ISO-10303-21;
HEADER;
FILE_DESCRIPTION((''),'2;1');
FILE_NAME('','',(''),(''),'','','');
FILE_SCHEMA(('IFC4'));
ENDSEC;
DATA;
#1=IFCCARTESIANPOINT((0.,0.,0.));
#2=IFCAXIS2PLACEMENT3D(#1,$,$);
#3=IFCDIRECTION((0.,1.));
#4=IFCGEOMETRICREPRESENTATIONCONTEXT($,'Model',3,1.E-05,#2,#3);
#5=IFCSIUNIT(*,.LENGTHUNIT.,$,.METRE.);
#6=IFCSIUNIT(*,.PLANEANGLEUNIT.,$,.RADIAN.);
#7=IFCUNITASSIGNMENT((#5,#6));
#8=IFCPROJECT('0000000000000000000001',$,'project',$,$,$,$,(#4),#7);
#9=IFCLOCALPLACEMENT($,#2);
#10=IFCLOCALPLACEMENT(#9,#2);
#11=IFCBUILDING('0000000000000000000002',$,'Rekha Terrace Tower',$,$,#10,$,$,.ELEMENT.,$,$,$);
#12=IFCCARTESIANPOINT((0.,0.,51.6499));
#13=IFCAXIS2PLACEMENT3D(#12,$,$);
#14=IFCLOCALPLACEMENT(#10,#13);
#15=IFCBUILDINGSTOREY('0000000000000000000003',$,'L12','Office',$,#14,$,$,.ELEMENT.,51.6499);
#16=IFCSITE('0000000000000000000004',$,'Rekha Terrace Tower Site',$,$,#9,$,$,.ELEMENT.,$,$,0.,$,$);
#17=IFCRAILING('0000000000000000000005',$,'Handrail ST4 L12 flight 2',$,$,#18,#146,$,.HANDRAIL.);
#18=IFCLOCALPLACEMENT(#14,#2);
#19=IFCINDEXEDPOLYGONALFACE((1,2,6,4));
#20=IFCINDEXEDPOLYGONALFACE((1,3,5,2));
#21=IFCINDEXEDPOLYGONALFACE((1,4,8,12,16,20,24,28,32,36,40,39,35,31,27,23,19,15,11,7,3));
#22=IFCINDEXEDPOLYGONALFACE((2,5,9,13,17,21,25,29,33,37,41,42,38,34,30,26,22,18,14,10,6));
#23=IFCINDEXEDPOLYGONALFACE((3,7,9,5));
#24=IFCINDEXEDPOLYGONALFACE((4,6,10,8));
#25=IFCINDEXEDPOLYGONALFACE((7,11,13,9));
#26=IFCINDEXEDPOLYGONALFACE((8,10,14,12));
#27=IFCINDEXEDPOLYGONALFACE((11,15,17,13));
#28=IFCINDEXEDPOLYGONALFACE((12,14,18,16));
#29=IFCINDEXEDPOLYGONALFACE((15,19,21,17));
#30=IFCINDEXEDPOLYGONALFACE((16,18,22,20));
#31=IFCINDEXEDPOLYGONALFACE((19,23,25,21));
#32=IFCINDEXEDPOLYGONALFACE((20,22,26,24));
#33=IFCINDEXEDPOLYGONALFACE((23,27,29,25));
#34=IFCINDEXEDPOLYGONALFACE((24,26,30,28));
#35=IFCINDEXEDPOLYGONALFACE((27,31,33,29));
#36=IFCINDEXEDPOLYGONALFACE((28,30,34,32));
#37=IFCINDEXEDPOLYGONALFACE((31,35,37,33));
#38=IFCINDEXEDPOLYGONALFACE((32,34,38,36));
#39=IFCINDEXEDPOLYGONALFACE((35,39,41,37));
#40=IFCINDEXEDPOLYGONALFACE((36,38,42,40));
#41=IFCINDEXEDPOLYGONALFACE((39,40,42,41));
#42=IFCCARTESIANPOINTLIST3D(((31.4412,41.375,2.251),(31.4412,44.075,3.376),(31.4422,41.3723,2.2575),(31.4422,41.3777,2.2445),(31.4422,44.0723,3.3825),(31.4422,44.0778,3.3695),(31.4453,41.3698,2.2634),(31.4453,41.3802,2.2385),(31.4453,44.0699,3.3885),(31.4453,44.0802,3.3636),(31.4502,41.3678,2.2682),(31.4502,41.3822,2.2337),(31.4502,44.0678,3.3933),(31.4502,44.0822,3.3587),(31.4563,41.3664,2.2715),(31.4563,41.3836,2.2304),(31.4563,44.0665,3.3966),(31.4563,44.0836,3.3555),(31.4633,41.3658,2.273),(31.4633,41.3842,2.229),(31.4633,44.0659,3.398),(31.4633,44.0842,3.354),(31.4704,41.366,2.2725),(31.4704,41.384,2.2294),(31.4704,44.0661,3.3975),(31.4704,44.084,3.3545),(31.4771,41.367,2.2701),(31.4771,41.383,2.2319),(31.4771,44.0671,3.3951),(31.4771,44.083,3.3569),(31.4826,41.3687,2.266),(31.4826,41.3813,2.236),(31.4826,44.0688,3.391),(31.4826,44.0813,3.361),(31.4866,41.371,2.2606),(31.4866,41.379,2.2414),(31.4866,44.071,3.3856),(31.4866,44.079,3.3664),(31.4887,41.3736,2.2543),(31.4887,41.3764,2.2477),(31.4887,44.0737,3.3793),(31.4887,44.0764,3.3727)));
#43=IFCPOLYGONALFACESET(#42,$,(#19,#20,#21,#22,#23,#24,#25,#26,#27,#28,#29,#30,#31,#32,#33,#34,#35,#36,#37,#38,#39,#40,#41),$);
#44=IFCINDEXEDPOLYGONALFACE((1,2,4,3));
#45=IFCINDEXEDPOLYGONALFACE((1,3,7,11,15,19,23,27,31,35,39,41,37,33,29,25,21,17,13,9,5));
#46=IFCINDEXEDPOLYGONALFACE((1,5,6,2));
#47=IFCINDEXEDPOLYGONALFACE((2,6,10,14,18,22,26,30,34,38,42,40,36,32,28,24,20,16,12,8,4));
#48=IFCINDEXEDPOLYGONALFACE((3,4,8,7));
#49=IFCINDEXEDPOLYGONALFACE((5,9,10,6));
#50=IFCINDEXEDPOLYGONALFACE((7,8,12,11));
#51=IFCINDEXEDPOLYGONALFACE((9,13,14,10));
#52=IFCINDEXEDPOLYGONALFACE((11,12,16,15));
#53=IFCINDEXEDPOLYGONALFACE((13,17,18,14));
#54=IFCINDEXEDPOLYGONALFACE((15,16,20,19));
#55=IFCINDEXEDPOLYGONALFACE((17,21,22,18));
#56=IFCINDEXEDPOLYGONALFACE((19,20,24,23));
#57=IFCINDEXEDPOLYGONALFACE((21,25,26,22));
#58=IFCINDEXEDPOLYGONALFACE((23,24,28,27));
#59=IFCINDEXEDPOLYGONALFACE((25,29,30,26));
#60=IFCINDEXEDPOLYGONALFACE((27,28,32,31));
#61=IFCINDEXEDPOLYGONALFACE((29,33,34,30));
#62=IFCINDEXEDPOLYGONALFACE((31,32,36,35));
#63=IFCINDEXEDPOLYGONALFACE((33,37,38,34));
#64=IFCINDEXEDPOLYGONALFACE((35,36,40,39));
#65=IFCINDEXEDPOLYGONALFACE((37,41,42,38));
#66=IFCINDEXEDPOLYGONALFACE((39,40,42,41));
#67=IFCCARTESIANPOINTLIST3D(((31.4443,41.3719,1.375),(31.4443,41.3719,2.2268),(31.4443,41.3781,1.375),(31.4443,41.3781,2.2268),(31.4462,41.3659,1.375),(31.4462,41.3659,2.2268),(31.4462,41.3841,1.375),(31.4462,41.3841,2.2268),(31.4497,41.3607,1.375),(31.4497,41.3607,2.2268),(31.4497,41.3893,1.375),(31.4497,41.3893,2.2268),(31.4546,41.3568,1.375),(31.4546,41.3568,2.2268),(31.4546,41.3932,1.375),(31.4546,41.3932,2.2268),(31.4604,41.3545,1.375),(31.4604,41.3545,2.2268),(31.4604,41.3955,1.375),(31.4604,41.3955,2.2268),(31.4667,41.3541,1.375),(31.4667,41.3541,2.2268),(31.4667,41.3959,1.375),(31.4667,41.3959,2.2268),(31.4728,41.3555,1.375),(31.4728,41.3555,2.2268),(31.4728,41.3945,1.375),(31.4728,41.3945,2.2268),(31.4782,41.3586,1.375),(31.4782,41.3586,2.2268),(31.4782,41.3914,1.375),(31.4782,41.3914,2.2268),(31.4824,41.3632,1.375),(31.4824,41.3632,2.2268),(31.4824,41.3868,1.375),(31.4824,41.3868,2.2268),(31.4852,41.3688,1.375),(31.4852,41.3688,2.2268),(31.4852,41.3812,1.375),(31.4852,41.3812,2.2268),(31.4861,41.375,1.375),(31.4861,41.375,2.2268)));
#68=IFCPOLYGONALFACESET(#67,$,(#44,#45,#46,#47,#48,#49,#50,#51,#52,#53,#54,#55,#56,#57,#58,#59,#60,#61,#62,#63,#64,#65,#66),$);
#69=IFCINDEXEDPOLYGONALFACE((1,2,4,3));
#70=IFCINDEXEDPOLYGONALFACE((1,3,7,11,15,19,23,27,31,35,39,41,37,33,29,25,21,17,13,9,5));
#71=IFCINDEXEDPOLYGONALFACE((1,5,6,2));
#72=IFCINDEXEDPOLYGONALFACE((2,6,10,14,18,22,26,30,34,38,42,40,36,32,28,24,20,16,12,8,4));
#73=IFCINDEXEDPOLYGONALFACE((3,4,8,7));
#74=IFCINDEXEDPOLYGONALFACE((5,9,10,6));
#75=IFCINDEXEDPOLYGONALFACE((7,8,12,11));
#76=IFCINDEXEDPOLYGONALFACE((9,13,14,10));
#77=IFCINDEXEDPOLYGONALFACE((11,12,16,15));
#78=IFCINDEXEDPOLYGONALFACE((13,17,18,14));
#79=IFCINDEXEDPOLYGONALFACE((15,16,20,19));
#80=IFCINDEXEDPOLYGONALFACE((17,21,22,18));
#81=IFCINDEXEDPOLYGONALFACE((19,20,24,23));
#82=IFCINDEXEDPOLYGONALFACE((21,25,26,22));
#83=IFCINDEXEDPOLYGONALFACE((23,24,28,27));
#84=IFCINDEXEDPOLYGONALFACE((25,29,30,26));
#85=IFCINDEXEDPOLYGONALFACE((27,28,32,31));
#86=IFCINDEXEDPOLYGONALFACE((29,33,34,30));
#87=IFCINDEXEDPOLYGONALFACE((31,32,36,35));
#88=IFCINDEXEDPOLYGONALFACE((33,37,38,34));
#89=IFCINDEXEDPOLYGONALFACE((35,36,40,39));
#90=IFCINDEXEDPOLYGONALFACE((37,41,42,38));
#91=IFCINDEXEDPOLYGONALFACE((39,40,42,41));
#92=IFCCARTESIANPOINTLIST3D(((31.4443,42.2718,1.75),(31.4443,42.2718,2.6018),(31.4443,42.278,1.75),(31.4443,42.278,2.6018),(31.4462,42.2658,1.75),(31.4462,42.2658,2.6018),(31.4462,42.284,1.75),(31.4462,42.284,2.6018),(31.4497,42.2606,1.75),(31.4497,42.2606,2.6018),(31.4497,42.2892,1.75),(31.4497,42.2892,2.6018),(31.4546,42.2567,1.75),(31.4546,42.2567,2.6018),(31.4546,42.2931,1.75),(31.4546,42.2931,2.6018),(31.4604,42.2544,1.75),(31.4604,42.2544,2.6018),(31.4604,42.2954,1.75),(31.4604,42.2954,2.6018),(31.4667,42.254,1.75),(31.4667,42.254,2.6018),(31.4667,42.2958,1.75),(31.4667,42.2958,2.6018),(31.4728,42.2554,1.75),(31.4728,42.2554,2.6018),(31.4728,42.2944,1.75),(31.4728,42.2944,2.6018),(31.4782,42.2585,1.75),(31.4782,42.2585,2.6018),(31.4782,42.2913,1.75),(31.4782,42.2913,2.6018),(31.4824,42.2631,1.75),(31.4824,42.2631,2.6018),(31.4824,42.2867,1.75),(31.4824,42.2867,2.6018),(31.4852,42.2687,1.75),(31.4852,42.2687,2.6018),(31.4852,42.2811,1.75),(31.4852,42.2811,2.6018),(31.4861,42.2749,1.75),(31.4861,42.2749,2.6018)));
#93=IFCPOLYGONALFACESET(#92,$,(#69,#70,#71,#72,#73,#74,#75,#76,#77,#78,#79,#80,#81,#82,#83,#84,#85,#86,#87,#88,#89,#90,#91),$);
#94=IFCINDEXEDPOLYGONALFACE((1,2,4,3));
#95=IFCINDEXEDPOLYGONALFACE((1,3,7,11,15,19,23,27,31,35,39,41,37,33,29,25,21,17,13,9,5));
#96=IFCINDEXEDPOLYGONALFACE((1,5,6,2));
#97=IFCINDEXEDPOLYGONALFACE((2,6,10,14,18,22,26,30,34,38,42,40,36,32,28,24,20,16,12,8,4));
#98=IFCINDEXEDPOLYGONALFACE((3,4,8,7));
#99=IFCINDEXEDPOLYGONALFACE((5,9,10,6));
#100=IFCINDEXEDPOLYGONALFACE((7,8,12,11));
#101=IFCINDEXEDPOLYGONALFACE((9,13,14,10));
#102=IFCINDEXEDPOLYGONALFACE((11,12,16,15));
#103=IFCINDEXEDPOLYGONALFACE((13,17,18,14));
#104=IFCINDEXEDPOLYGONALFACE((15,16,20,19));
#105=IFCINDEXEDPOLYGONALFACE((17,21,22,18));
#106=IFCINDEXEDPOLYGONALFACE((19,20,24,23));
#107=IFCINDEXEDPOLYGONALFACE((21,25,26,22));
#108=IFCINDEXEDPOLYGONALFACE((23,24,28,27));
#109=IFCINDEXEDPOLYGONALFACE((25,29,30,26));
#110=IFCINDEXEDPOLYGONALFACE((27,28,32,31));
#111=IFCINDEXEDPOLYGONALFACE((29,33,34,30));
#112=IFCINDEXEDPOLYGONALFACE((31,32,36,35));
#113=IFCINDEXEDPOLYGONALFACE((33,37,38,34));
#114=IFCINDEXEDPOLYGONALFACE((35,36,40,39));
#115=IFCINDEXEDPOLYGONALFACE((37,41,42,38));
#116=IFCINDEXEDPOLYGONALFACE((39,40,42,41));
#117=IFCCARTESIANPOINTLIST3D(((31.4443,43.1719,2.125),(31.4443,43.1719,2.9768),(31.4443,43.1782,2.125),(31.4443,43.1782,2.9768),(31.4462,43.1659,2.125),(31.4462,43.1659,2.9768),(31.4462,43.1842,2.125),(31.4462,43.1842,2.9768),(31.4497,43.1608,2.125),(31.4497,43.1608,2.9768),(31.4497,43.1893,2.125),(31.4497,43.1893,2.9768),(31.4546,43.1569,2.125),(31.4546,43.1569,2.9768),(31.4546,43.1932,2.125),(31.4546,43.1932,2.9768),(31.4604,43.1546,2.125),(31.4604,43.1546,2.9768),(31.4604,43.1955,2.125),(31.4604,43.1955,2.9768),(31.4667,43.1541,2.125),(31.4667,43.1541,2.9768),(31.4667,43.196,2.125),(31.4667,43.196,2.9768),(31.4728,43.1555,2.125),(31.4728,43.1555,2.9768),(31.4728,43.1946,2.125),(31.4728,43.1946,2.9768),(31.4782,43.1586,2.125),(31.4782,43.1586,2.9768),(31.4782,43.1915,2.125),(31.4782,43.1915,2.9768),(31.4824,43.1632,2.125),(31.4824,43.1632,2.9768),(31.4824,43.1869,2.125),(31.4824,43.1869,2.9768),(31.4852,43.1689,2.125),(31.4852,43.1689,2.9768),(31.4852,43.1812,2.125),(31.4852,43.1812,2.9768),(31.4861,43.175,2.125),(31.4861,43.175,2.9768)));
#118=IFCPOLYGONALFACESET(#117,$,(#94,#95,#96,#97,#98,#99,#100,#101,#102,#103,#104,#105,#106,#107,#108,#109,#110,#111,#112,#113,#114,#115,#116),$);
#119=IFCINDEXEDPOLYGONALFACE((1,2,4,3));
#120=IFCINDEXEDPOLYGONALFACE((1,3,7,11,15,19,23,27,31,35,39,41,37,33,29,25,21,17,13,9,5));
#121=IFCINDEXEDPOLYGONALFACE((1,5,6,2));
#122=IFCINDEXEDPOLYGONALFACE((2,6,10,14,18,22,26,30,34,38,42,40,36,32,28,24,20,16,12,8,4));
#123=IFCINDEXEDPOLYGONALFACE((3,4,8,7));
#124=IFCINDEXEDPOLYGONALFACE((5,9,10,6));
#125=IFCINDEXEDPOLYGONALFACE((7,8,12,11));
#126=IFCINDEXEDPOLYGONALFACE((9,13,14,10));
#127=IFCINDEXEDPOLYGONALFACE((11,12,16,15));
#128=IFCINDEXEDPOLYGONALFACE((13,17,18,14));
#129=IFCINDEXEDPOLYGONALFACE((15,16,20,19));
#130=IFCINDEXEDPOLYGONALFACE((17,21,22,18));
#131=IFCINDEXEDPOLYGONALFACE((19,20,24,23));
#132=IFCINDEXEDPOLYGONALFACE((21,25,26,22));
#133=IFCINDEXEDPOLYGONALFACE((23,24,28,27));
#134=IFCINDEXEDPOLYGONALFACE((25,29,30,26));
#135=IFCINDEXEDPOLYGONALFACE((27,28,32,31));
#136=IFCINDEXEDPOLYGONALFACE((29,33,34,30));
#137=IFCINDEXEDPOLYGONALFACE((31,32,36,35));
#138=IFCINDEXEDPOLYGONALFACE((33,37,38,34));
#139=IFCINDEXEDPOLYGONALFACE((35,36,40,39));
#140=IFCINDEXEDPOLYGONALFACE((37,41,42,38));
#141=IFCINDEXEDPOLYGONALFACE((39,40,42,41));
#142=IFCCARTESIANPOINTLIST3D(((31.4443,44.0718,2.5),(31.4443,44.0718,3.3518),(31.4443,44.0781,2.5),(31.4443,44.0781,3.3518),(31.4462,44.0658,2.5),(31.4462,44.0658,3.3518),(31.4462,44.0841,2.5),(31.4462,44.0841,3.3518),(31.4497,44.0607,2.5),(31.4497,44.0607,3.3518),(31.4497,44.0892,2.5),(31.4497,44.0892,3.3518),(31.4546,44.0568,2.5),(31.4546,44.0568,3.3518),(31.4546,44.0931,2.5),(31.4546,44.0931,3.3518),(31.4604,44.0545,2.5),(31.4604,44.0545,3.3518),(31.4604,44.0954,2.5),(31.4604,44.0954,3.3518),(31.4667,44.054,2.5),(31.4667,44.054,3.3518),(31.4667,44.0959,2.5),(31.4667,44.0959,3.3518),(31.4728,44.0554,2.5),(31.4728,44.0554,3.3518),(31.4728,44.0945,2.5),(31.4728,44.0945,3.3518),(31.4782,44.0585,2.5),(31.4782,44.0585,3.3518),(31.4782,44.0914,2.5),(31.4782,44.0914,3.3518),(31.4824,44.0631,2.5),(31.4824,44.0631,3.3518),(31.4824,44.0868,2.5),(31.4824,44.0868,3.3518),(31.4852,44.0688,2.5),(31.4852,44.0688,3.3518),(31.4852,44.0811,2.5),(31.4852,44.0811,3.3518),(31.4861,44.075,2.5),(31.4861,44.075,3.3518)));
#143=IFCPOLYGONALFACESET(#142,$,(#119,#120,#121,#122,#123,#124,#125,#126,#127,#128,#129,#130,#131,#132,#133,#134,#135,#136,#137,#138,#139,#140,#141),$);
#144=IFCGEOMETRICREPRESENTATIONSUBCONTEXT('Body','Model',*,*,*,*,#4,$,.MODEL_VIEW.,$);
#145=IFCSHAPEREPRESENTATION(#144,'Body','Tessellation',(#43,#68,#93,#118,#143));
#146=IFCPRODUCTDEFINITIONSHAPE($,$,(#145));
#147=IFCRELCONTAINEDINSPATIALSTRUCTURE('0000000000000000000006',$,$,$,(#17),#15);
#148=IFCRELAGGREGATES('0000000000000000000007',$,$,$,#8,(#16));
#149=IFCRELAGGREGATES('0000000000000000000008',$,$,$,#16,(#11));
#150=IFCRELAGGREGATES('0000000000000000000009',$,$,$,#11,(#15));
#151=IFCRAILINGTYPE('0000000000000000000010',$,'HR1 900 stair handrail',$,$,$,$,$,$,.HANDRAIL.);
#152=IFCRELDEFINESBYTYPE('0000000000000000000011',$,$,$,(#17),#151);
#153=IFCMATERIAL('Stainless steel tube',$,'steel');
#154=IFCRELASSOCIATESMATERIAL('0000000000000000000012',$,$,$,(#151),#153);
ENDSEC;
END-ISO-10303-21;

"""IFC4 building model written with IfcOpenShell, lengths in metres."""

from ifc_helpers import new_model, si_unit, direction, frame, origin, origin_2d, place, context, subcontext, project, spatial, circle, extrude, material, type_object, element, save


model = new_model("IFC4")

# Units and contexts
model_context = context("Model", 3, precision=1e-05, world=origin(), true_north=direction((0.0, 1.0)))
body_context = subcontext(model_context, "Body", "Model", "MODEL_VIEW")
ifc_project = project(units=[si_unit("LENGTHUNIT", "METRE"), si_unit("PLANEANGLEUNIT", "RADIAN")], contexts=[model_context])

# Site, building, storey
site_placement = place(None, origin())
site = spatial("IfcSite", under=ifc_project, at=site_placement, Name="Rekha Terrace Tower Site", CompositionType="ELEMENT", RefElevation=0.0)
building_placement = place(site_placement, origin())
building = spatial("IfcBuilding", under=site, at=building_placement, Name="Rekha Terrace Tower", CompositionType="ELEMENT")
storey_placement = place(building_placement, frame((0.0, 0.0, 51.6499)))
storey = spatial("IfcBuildingStorey", under=building, at=storey_placement, Name="L12", Description="Office", CompositionType="ELEMENT", Elevation=51.6499)

# Railing
ifc_material_1 = material(Name="Stainless steel tube", Category="steel")
railing_type_1 = type_object("IfcRailingType", Name="HR1 900 stair handrail", PredefinedType="HANDRAIL", material=ifc_material_1)
railing_1_placement = place(storey_placement, frame((31.4651, 41.375, 1.375)))
element("IfcRailing", 1, at=railing_1_placement, inside=storey, type_object=railing_type_1, Name="Handrail ST4 L12 flight 2", PredefinedType="HANDRAIL", context=body_context, shape_type="SweptSolid", body=[
    extrude(circle(Radius=0.0239, at=origin_2d()), frame((0.0, 0.0, 0.876), z_axis=(0.0, 0.923074, 0.384621), x_axis=(-1.0, 0.0, 0.0)), (0.0, 0.0, 1.0), 2.925),
    extrude(circle(Radius=0.021, at=origin_2d()), origin(), (0.0, 0.0, 1.0), 0.8518),
    extrude(circle(Radius=0.021, at=origin_2d()), frame((0.0, 0.8999, 0.375)), (0.0, 0.0, 1.0), 0.8518),
    extrude(circle(Radius=0.021, at=origin_2d()), frame((0.0, 1.8, 0.75)), (0.0, 0.0, 1.0), 0.8518),
    extrude(circle(Radius=0.021, at=origin_2d()), frame((0.0, 2.7, 1.125)), (0.0, 0.0, 1.0), 0.8518),
])

save(model, "model.ifc")
